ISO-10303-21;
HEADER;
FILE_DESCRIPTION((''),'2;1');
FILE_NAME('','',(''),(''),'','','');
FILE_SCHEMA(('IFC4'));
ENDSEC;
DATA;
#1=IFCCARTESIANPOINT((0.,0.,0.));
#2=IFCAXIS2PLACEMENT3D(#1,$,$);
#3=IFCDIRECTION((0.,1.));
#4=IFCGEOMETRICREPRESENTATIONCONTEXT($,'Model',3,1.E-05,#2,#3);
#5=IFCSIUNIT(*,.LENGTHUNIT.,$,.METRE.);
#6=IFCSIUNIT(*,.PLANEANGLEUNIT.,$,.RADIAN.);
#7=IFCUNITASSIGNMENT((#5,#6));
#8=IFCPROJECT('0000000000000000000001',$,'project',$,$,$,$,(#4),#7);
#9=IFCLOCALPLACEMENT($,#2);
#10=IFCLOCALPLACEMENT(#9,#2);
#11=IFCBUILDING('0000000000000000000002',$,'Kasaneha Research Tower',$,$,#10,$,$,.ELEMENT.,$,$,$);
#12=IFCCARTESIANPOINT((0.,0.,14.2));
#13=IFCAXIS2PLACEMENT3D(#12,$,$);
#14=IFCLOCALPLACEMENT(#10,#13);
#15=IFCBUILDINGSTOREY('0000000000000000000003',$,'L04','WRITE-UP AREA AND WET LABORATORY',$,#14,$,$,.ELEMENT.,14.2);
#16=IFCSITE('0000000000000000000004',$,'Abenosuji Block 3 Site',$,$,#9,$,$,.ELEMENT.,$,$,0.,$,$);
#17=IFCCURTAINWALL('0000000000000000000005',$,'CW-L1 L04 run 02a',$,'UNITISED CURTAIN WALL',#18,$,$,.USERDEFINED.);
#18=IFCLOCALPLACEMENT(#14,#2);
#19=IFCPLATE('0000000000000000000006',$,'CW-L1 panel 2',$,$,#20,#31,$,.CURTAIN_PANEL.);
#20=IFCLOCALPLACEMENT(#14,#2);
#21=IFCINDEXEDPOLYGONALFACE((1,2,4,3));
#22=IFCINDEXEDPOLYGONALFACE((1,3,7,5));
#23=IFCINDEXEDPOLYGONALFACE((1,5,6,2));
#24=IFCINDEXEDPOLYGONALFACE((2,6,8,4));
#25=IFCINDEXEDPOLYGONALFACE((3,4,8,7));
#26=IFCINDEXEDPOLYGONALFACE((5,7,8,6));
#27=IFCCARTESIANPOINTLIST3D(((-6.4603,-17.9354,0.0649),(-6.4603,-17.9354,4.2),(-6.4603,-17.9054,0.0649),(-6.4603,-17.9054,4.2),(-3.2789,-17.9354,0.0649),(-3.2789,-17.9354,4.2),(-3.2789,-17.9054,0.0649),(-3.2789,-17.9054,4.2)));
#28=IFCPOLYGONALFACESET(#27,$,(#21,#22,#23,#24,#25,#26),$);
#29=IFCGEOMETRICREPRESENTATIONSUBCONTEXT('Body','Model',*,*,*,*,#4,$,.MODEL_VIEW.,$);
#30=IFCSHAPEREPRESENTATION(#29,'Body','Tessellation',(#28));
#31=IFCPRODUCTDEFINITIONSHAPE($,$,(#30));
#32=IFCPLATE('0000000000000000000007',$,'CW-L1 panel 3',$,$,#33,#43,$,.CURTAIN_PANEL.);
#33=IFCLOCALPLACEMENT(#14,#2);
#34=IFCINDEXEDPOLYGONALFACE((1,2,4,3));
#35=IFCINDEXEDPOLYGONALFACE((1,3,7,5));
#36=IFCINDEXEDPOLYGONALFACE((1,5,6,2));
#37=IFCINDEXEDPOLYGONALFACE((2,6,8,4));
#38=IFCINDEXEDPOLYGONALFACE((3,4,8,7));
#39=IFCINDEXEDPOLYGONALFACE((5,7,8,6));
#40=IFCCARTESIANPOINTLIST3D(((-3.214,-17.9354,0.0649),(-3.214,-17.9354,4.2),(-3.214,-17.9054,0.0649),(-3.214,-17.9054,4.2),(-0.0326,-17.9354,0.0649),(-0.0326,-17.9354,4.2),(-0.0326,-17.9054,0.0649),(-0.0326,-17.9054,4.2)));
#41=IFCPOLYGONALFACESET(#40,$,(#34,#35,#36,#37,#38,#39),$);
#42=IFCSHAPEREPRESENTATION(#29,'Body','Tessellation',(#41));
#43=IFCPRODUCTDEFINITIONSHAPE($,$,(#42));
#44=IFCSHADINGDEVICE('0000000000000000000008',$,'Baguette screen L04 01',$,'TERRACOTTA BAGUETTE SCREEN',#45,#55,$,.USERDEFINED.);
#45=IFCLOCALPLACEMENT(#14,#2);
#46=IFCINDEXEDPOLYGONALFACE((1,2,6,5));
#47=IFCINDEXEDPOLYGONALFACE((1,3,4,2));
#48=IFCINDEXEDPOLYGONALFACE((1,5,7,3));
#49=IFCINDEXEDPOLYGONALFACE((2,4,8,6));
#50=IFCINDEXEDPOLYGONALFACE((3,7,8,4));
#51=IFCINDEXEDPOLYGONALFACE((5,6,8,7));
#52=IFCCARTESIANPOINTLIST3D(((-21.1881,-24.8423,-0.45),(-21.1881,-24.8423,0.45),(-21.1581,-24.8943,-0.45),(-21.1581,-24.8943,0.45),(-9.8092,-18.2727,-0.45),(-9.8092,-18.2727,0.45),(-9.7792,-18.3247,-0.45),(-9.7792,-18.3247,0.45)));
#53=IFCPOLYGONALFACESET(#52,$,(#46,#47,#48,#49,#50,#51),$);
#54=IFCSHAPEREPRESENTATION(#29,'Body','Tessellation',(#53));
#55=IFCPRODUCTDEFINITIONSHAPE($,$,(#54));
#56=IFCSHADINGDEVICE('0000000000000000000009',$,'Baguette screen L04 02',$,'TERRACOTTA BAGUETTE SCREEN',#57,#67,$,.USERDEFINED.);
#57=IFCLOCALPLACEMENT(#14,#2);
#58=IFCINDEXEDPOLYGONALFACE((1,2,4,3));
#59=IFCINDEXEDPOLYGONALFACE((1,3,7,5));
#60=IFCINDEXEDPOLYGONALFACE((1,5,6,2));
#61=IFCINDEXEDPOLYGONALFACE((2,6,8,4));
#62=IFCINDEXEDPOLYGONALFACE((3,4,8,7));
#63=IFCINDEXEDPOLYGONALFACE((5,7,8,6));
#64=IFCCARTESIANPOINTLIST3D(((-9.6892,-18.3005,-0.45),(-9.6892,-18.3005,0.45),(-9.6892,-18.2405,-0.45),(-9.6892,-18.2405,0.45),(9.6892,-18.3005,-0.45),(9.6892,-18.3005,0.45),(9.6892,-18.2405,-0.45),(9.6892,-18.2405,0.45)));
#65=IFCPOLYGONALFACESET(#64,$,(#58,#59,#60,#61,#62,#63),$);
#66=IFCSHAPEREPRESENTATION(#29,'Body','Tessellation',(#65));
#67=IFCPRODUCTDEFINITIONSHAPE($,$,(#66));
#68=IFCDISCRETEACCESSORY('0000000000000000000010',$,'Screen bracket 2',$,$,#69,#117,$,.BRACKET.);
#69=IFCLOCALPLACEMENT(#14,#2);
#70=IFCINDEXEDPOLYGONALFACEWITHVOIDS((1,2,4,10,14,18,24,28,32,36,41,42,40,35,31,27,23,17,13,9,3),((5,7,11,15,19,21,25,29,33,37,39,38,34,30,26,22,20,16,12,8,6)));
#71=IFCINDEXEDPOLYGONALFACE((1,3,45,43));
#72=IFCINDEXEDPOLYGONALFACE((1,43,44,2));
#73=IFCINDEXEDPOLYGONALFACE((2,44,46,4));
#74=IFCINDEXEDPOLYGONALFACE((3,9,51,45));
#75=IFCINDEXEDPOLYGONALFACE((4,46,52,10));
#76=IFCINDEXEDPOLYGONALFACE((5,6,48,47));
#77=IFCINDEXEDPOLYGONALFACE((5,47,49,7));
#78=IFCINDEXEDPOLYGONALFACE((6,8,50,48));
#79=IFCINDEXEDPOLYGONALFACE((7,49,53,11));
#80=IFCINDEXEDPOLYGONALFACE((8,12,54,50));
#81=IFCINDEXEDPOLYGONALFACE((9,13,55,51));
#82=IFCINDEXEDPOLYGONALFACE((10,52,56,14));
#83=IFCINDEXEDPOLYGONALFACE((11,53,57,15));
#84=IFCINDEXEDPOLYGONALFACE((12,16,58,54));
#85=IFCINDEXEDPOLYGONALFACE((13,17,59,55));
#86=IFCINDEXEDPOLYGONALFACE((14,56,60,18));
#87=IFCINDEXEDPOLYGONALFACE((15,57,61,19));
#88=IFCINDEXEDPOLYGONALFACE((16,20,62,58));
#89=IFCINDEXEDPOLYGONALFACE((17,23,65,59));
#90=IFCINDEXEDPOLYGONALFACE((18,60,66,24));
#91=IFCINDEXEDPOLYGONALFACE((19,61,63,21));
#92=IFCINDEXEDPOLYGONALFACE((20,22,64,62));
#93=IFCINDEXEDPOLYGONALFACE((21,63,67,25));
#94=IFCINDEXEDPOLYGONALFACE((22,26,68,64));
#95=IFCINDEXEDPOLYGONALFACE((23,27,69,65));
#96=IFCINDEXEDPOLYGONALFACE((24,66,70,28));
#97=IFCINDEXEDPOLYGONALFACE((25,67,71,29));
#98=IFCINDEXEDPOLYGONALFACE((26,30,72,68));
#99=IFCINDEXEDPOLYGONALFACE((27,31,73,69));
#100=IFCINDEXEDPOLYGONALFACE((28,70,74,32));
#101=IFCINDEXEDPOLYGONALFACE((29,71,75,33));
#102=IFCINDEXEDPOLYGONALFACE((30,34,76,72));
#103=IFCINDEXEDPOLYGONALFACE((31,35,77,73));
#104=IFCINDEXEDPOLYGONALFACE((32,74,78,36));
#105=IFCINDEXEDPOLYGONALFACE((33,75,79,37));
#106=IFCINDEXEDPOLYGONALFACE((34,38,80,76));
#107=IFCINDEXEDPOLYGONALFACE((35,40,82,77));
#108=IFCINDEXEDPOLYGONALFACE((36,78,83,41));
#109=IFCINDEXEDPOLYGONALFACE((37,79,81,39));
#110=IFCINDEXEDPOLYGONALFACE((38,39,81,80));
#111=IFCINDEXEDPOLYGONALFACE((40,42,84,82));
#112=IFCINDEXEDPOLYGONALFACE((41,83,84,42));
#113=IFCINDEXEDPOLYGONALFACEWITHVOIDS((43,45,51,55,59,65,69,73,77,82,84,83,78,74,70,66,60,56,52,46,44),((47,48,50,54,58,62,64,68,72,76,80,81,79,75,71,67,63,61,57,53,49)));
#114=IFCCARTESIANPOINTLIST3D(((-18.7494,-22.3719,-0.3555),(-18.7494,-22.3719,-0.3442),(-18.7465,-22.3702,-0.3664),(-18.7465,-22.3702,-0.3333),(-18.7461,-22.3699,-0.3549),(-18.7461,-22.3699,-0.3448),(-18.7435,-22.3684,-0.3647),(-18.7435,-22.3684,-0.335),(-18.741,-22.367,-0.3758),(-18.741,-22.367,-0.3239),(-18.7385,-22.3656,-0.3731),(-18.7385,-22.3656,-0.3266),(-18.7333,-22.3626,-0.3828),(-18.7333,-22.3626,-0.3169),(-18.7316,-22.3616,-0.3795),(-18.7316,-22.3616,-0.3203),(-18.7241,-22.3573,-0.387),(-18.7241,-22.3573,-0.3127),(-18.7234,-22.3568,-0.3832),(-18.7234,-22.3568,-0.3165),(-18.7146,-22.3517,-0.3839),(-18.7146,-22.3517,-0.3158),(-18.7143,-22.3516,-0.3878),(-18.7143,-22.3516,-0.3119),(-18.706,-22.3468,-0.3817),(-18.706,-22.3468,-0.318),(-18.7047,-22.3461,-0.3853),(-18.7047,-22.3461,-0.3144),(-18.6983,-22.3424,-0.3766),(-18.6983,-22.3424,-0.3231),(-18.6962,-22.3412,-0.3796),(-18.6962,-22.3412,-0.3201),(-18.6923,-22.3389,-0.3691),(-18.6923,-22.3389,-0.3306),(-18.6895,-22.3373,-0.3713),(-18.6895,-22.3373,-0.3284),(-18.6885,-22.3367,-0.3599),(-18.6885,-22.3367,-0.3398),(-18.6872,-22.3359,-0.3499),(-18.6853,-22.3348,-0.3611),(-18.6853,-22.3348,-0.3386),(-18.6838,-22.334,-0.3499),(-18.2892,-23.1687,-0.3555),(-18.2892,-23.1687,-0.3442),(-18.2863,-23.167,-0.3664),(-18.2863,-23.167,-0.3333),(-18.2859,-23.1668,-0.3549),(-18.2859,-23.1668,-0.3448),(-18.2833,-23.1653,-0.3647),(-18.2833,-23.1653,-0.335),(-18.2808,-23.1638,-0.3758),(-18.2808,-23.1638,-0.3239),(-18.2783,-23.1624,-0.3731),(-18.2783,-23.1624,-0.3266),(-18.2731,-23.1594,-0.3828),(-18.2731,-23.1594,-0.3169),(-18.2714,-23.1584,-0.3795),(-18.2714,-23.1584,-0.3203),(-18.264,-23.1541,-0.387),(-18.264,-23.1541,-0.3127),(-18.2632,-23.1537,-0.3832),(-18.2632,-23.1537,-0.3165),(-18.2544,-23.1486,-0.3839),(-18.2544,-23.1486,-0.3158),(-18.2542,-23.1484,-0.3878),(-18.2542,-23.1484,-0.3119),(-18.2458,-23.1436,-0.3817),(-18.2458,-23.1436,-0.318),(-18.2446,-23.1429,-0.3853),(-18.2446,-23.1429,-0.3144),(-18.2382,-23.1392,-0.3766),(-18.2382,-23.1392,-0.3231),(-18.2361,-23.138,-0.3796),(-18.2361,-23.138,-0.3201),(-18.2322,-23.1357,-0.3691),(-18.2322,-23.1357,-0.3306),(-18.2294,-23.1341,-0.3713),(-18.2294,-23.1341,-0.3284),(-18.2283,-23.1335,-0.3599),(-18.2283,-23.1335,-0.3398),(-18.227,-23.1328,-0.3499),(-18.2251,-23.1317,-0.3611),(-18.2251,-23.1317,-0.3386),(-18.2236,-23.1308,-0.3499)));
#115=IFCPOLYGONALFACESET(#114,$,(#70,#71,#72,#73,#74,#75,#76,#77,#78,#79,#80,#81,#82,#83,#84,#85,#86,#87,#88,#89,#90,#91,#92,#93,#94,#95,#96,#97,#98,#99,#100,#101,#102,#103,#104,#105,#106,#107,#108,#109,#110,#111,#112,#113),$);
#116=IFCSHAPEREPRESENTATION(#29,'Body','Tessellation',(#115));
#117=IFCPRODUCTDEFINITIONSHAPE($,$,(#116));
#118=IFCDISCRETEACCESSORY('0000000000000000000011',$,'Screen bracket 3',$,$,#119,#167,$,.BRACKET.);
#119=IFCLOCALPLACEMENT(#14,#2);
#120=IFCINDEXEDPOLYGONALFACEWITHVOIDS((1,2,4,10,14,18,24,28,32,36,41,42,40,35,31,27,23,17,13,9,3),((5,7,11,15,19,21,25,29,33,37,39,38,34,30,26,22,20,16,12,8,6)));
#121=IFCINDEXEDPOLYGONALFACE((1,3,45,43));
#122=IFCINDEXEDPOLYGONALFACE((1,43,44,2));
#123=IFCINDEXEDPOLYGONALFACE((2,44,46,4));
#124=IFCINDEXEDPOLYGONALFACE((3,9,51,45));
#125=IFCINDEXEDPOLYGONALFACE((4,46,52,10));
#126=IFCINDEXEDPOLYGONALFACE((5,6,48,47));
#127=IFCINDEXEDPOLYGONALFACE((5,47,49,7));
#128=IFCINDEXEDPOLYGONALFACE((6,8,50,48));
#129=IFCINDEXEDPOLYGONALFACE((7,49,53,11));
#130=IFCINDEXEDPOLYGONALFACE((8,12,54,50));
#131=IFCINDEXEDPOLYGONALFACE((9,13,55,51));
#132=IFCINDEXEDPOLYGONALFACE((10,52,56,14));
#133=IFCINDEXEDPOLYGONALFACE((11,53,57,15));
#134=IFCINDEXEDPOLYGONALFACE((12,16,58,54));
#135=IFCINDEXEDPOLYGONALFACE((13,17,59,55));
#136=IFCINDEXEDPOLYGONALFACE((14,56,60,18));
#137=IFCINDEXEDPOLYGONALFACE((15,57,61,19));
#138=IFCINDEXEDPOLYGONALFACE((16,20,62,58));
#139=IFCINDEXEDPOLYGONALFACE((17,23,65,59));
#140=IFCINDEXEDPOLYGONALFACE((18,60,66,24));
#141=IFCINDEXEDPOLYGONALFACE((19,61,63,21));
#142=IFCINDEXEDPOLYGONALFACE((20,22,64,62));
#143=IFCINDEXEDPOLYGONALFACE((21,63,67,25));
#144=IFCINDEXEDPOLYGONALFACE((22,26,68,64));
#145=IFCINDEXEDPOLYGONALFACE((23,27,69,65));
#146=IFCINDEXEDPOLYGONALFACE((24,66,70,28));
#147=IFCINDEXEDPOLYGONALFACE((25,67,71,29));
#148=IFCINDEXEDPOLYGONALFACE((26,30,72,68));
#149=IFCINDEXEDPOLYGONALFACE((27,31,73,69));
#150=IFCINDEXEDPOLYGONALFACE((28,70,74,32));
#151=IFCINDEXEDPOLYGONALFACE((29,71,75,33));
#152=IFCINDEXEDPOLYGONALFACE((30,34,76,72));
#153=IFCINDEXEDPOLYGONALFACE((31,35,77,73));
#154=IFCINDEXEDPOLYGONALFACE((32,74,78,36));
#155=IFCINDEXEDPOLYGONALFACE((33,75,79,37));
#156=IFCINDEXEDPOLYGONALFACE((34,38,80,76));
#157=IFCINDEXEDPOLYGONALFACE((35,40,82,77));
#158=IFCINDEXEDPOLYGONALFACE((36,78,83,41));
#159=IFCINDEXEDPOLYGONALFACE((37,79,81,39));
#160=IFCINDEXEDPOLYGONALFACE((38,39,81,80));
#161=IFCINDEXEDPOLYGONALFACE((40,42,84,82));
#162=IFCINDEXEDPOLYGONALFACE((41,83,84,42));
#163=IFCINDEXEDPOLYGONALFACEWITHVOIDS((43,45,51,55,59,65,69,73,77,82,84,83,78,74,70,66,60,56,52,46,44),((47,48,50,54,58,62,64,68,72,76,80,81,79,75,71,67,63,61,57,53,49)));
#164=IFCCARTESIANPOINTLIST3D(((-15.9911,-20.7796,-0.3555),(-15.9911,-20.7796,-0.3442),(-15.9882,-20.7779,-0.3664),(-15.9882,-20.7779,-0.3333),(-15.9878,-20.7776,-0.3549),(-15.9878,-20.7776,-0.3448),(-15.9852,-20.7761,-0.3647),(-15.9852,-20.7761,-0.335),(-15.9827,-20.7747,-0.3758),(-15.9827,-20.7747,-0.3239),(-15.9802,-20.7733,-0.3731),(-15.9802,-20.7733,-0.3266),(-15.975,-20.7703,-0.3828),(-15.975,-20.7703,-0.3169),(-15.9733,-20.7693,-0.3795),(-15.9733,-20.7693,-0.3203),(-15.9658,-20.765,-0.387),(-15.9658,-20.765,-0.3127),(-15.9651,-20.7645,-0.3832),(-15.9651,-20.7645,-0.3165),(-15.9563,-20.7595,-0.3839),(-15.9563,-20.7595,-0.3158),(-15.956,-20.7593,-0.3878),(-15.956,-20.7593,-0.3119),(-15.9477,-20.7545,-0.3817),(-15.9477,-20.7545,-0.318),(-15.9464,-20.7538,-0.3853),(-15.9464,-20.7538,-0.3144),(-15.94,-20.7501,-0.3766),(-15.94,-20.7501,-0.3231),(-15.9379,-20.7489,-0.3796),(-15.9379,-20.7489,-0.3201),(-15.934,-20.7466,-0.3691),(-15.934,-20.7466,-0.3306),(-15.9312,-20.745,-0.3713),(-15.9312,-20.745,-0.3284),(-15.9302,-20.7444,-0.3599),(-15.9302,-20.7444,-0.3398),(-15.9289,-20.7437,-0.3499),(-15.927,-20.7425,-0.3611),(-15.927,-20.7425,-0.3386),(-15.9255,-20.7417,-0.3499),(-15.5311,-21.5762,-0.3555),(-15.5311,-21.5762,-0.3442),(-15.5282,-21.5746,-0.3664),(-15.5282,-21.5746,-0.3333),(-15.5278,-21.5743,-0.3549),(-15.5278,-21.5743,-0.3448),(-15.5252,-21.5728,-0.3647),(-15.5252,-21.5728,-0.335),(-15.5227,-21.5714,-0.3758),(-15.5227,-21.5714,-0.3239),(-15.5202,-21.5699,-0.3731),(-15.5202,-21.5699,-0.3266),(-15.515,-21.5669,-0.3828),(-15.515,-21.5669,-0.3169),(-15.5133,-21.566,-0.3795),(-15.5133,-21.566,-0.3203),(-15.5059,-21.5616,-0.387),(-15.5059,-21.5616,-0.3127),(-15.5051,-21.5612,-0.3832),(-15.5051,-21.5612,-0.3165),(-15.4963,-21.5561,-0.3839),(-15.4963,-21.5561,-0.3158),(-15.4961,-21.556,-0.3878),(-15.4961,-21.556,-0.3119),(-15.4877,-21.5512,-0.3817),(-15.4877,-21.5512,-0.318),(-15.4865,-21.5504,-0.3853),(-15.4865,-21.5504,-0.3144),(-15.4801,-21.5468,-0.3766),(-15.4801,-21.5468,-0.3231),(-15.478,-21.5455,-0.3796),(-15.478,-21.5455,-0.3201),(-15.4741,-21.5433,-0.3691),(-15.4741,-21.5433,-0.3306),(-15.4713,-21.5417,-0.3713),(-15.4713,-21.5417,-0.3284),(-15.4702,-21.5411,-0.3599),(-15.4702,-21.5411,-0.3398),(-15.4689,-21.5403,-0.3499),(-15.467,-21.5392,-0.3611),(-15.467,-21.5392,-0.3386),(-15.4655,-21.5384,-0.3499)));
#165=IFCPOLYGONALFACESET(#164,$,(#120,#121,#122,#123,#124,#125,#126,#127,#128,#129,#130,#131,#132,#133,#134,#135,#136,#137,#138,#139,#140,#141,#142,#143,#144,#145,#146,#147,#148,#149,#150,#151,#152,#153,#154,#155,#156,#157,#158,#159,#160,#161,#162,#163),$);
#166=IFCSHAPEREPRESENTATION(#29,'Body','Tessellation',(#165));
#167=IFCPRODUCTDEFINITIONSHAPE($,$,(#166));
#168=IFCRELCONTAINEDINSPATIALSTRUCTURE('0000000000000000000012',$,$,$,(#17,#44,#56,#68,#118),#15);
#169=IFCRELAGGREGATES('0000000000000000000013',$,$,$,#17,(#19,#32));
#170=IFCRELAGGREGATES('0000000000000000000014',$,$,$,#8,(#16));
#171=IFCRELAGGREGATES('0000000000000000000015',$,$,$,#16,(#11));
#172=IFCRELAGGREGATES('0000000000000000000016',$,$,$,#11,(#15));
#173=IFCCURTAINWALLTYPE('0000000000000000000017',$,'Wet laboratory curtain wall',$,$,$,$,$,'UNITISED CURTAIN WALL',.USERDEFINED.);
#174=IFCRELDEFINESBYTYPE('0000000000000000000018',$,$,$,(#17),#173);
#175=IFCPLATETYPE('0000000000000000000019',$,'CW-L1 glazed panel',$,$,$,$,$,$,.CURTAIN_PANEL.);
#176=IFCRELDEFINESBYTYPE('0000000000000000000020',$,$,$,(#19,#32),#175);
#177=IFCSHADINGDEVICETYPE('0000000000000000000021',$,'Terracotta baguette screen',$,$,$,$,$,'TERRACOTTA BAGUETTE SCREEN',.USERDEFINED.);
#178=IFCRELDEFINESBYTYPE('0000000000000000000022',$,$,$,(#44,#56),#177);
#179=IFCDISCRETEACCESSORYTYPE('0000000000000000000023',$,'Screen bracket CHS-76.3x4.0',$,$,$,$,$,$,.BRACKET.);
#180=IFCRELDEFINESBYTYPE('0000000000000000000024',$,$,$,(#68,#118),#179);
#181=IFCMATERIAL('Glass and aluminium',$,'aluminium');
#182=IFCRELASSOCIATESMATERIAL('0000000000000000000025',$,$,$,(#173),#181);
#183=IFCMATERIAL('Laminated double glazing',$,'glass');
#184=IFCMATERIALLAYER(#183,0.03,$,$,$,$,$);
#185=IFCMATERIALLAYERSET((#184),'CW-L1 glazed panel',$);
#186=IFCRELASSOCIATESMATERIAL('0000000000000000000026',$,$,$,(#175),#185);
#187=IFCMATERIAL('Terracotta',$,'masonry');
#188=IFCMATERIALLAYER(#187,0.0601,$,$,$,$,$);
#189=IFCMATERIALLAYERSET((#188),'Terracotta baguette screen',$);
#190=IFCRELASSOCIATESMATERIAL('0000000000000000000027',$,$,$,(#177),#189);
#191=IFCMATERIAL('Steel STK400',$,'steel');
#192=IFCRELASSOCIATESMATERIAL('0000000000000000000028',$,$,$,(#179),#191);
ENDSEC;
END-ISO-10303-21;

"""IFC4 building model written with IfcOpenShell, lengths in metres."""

from ifc_helpers import new_model, si_unit, direction, frame, origin, origin_2d, place, context, subcontext, project, spatial, rectangle, hollow_circle, extrude, material, layer, layer_set, material_profile, profile_set, type_object, element, aggregate, save


model = new_model("IFC4")

# Units and contexts
model_context = context("Model", 3, precision=1e-05, world=origin(), true_north=direction((0.0, 1.0)))
body_context = subcontext(model_context, "Body", "Model", "MODEL_VIEW")
ifc_project = project(units=[si_unit("LENGTHUNIT", "METRE"), si_unit("PLANEANGLEUNIT", "RADIAN")], contexts=[model_context])

# Site, building, storey
site_placement = place(None, origin())
site = spatial("IfcSite", under=ifc_project, at=site_placement, Name="Abenosuji Block 3 Site", CompositionType="ELEMENT", RefElevation=0.0)
building_placement = place(site_placement, origin())
building = spatial("IfcBuilding", under=site, at=building_placement, Name="Kasaneha Research Tower", CompositionType="ELEMENT")
storey_placement = place(building_placement, frame((0.0, 0.0, 14.2)))
storey = spatial("IfcBuildingStorey", under=building, at=storey_placement, Name="L04", Description="WRITE-UP AREA AND WET LABORATORY", CompositionType="ELEMENT", Elevation=14.2)

# Curtain wall
ifc_material_1 = material(Name="Glass and aluminium", Category="aluminium")
curtain_wall_type = type_object("IfcCurtainWallType", Name="Wet laboratory curtain wall", ElementType="UNITISED CURTAIN WALL", PredefinedType="USERDEFINED", material=ifc_material_1)
curtain_wall_1_placement = place(storey_placement, origin())
curtain_wall_1 = element("IfcCurtainWall", 1, at=curtain_wall_1_placement, inside=storey, type_object=curtain_wall_type, Name="CW-L1 L04 run 02a", ObjectType="UNITISED CURTAIN WALL", PredefinedType="USERDEFINED")

# Plates
ifc_material_2 = material(Name="Laminated double glazing", Category="glass")
ifc_layer_1 = layer(ifc_material_2, 0.03)
ifc_layer_set_1 = layer_set([ifc_layer_1], Name="CW-L1 glazed panel")
plate_type = type_object("IfcPlateType", Name="CW-L1 glazed panel", PredefinedType="CURTAIN_PANEL", material=ifc_layer_set_1)
plate_1_placement = place(storey_placement, frame((-4.8696, -17.9204, 0.0649), z_axis=(0.0, 0.0, 1.0), x_axis=(1.0, 0.0, 0.0)))
plate_1 = element("IfcPlate", 2, at=plate_1_placement, type_object=plate_type, Name="CW-L1 panel 2", PredefinedType="CURTAIN_PANEL", context=body_context, shape_type="SweptSolid", body=[
    extrude(rectangle(XDim=3.1814, YDim=0.03, at=origin_2d()), origin(), (0.0, 0.0, 1.0), 4.135),
])
plate_2_placement = place(storey_placement, frame((-1.6233, -17.9204, 0.0649), z_axis=(0.0, 0.0, 1.0), x_axis=(1.0, 0.0, 0.0)))
plate_2 = element("IfcPlate", 3, at=plate_2_placement, type_object=plate_type, Name="CW-L1 panel 3", PredefinedType="CURTAIN_PANEL", context=body_context, shape_type="SweptSolid", body=[
    extrude(rectangle(XDim=3.1814, YDim=0.03, at=origin_2d()), origin(), (0.0, 0.0, 1.0), 4.135),
])
aggregate(curtain_wall_1, [plate_1, plate_2])

# Shading devices
ifc_material_3 = material(Name="Terracotta", Category="masonry")
ifc_layer_2 = layer(ifc_material_3, 0.0601)
ifc_layer_set_2 = layer_set([ifc_layer_2], Name="Terracotta baguette screen")
shading_device_type = type_object("IfcShadingDeviceType", Name="Terracotta baguette screen", ElementType="TERRACOTTA BAGUETTE SCREEN", PredefinedType="USERDEFINED", material=ifc_layer_set_2)
shading_device_1_placement = place(storey_placement, frame((-15.4836, -21.5835, -0.45), z_axis=(0.0, 0.0, 1.0), x_axis=(0.866025, 0.5, 0.0)))
element("IfcShadingDevice", 4, at=shading_device_1_placement, inside=storey, type_object=shading_device_type, Name="Baguette screen L04 01", ObjectType="TERRACOTTA BAGUETTE SCREEN", PredefinedType="USERDEFINED", context=body_context, shape_type="SweptSolid", body=[
    extrude(rectangle(XDim=13.1392, YDim=0.0601, at=origin_2d()), origin(), (0.0, 0.0, 1.0), 0.8999),
])
shading_device_2_placement = place(storey_placement, frame((0.0, -18.2705, -0.45), z_axis=(0.0, 0.0, 1.0), x_axis=(1.0, 0.0, 0.0)))
element("IfcShadingDevice", 5, at=shading_device_2_placement, inside=storey, type_object=shading_device_type, Name="Baguette screen L04 02", ObjectType="TERRACOTTA BAGUETTE SCREEN", PredefinedType="USERDEFINED", context=body_context, shape_type="SweptSolid", body=[
    extrude(rectangle(XDim=19.3784, YDim=0.0601, at=origin_2d()), origin(), (0.0, 0.0, 1.0), 0.8999),
])

# Discrete accessories
ifc_material_4 = material(Name="Steel STK400", Category="steel")
ifc_material_profile_1 = material_profile(ifc_material_4, hollow_circle(Radius=0.0381, WallThickness=0.0039, at=origin_2d()), Name="CHS-76.3x4.0")
ifc_profile_set_1 = profile_set([ifc_material_profile_1], Name="Steel STK400")
discrete_accessory_type = type_object("IfcDiscreteAccessoryType", Name="Screen bracket CHS-76.3x4.0", PredefinedType="BRACKET", material=ifc_profile_set_1)
discrete_accessory_1_placement = place(storey_placement, frame((-18.7168, -22.353, -0.3499), z_axis=(0.500105, -0.865965, 0.0), x_axis=(0.865965, 0.500105, 0.0)))
element("IfcDiscreteAccessory", 6, at=discrete_accessory_1_placement, inside=storey, type_object=discrete_accessory_type, Name="Screen bracket 2", PredefinedType="BRACKET", context=body_context, shape_type="SweptSolid", body=[
    extrude(hollow_circle(Radius=0.0381, WallThickness=0.0039, at=origin_2d()), origin(), (0.0, 0.0, 1.0), 0.9202),
])
discrete_accessory_2_placement = place(storey_placement, frame((-15.9585, -20.7607, -0.3499), z_axis=(0.500021, -0.866013, 0.0), x_axis=(0.866013, 0.500021, 0.0)))
element("IfcDiscreteAccessory", 7, at=discrete_accessory_2_placement, inside=storey, type_object=discrete_accessory_type, Name="Screen bracket 3", PredefinedType="BRACKET", context=body_context, shape_type="SweptSolid", body=[
    extrude(hollow_circle(Radius=0.0381, WallThickness=0.0039, at=origin_2d()), origin(), (0.0, 0.0, 1.0), 0.9199),
])

save(model, "model.ifc")
